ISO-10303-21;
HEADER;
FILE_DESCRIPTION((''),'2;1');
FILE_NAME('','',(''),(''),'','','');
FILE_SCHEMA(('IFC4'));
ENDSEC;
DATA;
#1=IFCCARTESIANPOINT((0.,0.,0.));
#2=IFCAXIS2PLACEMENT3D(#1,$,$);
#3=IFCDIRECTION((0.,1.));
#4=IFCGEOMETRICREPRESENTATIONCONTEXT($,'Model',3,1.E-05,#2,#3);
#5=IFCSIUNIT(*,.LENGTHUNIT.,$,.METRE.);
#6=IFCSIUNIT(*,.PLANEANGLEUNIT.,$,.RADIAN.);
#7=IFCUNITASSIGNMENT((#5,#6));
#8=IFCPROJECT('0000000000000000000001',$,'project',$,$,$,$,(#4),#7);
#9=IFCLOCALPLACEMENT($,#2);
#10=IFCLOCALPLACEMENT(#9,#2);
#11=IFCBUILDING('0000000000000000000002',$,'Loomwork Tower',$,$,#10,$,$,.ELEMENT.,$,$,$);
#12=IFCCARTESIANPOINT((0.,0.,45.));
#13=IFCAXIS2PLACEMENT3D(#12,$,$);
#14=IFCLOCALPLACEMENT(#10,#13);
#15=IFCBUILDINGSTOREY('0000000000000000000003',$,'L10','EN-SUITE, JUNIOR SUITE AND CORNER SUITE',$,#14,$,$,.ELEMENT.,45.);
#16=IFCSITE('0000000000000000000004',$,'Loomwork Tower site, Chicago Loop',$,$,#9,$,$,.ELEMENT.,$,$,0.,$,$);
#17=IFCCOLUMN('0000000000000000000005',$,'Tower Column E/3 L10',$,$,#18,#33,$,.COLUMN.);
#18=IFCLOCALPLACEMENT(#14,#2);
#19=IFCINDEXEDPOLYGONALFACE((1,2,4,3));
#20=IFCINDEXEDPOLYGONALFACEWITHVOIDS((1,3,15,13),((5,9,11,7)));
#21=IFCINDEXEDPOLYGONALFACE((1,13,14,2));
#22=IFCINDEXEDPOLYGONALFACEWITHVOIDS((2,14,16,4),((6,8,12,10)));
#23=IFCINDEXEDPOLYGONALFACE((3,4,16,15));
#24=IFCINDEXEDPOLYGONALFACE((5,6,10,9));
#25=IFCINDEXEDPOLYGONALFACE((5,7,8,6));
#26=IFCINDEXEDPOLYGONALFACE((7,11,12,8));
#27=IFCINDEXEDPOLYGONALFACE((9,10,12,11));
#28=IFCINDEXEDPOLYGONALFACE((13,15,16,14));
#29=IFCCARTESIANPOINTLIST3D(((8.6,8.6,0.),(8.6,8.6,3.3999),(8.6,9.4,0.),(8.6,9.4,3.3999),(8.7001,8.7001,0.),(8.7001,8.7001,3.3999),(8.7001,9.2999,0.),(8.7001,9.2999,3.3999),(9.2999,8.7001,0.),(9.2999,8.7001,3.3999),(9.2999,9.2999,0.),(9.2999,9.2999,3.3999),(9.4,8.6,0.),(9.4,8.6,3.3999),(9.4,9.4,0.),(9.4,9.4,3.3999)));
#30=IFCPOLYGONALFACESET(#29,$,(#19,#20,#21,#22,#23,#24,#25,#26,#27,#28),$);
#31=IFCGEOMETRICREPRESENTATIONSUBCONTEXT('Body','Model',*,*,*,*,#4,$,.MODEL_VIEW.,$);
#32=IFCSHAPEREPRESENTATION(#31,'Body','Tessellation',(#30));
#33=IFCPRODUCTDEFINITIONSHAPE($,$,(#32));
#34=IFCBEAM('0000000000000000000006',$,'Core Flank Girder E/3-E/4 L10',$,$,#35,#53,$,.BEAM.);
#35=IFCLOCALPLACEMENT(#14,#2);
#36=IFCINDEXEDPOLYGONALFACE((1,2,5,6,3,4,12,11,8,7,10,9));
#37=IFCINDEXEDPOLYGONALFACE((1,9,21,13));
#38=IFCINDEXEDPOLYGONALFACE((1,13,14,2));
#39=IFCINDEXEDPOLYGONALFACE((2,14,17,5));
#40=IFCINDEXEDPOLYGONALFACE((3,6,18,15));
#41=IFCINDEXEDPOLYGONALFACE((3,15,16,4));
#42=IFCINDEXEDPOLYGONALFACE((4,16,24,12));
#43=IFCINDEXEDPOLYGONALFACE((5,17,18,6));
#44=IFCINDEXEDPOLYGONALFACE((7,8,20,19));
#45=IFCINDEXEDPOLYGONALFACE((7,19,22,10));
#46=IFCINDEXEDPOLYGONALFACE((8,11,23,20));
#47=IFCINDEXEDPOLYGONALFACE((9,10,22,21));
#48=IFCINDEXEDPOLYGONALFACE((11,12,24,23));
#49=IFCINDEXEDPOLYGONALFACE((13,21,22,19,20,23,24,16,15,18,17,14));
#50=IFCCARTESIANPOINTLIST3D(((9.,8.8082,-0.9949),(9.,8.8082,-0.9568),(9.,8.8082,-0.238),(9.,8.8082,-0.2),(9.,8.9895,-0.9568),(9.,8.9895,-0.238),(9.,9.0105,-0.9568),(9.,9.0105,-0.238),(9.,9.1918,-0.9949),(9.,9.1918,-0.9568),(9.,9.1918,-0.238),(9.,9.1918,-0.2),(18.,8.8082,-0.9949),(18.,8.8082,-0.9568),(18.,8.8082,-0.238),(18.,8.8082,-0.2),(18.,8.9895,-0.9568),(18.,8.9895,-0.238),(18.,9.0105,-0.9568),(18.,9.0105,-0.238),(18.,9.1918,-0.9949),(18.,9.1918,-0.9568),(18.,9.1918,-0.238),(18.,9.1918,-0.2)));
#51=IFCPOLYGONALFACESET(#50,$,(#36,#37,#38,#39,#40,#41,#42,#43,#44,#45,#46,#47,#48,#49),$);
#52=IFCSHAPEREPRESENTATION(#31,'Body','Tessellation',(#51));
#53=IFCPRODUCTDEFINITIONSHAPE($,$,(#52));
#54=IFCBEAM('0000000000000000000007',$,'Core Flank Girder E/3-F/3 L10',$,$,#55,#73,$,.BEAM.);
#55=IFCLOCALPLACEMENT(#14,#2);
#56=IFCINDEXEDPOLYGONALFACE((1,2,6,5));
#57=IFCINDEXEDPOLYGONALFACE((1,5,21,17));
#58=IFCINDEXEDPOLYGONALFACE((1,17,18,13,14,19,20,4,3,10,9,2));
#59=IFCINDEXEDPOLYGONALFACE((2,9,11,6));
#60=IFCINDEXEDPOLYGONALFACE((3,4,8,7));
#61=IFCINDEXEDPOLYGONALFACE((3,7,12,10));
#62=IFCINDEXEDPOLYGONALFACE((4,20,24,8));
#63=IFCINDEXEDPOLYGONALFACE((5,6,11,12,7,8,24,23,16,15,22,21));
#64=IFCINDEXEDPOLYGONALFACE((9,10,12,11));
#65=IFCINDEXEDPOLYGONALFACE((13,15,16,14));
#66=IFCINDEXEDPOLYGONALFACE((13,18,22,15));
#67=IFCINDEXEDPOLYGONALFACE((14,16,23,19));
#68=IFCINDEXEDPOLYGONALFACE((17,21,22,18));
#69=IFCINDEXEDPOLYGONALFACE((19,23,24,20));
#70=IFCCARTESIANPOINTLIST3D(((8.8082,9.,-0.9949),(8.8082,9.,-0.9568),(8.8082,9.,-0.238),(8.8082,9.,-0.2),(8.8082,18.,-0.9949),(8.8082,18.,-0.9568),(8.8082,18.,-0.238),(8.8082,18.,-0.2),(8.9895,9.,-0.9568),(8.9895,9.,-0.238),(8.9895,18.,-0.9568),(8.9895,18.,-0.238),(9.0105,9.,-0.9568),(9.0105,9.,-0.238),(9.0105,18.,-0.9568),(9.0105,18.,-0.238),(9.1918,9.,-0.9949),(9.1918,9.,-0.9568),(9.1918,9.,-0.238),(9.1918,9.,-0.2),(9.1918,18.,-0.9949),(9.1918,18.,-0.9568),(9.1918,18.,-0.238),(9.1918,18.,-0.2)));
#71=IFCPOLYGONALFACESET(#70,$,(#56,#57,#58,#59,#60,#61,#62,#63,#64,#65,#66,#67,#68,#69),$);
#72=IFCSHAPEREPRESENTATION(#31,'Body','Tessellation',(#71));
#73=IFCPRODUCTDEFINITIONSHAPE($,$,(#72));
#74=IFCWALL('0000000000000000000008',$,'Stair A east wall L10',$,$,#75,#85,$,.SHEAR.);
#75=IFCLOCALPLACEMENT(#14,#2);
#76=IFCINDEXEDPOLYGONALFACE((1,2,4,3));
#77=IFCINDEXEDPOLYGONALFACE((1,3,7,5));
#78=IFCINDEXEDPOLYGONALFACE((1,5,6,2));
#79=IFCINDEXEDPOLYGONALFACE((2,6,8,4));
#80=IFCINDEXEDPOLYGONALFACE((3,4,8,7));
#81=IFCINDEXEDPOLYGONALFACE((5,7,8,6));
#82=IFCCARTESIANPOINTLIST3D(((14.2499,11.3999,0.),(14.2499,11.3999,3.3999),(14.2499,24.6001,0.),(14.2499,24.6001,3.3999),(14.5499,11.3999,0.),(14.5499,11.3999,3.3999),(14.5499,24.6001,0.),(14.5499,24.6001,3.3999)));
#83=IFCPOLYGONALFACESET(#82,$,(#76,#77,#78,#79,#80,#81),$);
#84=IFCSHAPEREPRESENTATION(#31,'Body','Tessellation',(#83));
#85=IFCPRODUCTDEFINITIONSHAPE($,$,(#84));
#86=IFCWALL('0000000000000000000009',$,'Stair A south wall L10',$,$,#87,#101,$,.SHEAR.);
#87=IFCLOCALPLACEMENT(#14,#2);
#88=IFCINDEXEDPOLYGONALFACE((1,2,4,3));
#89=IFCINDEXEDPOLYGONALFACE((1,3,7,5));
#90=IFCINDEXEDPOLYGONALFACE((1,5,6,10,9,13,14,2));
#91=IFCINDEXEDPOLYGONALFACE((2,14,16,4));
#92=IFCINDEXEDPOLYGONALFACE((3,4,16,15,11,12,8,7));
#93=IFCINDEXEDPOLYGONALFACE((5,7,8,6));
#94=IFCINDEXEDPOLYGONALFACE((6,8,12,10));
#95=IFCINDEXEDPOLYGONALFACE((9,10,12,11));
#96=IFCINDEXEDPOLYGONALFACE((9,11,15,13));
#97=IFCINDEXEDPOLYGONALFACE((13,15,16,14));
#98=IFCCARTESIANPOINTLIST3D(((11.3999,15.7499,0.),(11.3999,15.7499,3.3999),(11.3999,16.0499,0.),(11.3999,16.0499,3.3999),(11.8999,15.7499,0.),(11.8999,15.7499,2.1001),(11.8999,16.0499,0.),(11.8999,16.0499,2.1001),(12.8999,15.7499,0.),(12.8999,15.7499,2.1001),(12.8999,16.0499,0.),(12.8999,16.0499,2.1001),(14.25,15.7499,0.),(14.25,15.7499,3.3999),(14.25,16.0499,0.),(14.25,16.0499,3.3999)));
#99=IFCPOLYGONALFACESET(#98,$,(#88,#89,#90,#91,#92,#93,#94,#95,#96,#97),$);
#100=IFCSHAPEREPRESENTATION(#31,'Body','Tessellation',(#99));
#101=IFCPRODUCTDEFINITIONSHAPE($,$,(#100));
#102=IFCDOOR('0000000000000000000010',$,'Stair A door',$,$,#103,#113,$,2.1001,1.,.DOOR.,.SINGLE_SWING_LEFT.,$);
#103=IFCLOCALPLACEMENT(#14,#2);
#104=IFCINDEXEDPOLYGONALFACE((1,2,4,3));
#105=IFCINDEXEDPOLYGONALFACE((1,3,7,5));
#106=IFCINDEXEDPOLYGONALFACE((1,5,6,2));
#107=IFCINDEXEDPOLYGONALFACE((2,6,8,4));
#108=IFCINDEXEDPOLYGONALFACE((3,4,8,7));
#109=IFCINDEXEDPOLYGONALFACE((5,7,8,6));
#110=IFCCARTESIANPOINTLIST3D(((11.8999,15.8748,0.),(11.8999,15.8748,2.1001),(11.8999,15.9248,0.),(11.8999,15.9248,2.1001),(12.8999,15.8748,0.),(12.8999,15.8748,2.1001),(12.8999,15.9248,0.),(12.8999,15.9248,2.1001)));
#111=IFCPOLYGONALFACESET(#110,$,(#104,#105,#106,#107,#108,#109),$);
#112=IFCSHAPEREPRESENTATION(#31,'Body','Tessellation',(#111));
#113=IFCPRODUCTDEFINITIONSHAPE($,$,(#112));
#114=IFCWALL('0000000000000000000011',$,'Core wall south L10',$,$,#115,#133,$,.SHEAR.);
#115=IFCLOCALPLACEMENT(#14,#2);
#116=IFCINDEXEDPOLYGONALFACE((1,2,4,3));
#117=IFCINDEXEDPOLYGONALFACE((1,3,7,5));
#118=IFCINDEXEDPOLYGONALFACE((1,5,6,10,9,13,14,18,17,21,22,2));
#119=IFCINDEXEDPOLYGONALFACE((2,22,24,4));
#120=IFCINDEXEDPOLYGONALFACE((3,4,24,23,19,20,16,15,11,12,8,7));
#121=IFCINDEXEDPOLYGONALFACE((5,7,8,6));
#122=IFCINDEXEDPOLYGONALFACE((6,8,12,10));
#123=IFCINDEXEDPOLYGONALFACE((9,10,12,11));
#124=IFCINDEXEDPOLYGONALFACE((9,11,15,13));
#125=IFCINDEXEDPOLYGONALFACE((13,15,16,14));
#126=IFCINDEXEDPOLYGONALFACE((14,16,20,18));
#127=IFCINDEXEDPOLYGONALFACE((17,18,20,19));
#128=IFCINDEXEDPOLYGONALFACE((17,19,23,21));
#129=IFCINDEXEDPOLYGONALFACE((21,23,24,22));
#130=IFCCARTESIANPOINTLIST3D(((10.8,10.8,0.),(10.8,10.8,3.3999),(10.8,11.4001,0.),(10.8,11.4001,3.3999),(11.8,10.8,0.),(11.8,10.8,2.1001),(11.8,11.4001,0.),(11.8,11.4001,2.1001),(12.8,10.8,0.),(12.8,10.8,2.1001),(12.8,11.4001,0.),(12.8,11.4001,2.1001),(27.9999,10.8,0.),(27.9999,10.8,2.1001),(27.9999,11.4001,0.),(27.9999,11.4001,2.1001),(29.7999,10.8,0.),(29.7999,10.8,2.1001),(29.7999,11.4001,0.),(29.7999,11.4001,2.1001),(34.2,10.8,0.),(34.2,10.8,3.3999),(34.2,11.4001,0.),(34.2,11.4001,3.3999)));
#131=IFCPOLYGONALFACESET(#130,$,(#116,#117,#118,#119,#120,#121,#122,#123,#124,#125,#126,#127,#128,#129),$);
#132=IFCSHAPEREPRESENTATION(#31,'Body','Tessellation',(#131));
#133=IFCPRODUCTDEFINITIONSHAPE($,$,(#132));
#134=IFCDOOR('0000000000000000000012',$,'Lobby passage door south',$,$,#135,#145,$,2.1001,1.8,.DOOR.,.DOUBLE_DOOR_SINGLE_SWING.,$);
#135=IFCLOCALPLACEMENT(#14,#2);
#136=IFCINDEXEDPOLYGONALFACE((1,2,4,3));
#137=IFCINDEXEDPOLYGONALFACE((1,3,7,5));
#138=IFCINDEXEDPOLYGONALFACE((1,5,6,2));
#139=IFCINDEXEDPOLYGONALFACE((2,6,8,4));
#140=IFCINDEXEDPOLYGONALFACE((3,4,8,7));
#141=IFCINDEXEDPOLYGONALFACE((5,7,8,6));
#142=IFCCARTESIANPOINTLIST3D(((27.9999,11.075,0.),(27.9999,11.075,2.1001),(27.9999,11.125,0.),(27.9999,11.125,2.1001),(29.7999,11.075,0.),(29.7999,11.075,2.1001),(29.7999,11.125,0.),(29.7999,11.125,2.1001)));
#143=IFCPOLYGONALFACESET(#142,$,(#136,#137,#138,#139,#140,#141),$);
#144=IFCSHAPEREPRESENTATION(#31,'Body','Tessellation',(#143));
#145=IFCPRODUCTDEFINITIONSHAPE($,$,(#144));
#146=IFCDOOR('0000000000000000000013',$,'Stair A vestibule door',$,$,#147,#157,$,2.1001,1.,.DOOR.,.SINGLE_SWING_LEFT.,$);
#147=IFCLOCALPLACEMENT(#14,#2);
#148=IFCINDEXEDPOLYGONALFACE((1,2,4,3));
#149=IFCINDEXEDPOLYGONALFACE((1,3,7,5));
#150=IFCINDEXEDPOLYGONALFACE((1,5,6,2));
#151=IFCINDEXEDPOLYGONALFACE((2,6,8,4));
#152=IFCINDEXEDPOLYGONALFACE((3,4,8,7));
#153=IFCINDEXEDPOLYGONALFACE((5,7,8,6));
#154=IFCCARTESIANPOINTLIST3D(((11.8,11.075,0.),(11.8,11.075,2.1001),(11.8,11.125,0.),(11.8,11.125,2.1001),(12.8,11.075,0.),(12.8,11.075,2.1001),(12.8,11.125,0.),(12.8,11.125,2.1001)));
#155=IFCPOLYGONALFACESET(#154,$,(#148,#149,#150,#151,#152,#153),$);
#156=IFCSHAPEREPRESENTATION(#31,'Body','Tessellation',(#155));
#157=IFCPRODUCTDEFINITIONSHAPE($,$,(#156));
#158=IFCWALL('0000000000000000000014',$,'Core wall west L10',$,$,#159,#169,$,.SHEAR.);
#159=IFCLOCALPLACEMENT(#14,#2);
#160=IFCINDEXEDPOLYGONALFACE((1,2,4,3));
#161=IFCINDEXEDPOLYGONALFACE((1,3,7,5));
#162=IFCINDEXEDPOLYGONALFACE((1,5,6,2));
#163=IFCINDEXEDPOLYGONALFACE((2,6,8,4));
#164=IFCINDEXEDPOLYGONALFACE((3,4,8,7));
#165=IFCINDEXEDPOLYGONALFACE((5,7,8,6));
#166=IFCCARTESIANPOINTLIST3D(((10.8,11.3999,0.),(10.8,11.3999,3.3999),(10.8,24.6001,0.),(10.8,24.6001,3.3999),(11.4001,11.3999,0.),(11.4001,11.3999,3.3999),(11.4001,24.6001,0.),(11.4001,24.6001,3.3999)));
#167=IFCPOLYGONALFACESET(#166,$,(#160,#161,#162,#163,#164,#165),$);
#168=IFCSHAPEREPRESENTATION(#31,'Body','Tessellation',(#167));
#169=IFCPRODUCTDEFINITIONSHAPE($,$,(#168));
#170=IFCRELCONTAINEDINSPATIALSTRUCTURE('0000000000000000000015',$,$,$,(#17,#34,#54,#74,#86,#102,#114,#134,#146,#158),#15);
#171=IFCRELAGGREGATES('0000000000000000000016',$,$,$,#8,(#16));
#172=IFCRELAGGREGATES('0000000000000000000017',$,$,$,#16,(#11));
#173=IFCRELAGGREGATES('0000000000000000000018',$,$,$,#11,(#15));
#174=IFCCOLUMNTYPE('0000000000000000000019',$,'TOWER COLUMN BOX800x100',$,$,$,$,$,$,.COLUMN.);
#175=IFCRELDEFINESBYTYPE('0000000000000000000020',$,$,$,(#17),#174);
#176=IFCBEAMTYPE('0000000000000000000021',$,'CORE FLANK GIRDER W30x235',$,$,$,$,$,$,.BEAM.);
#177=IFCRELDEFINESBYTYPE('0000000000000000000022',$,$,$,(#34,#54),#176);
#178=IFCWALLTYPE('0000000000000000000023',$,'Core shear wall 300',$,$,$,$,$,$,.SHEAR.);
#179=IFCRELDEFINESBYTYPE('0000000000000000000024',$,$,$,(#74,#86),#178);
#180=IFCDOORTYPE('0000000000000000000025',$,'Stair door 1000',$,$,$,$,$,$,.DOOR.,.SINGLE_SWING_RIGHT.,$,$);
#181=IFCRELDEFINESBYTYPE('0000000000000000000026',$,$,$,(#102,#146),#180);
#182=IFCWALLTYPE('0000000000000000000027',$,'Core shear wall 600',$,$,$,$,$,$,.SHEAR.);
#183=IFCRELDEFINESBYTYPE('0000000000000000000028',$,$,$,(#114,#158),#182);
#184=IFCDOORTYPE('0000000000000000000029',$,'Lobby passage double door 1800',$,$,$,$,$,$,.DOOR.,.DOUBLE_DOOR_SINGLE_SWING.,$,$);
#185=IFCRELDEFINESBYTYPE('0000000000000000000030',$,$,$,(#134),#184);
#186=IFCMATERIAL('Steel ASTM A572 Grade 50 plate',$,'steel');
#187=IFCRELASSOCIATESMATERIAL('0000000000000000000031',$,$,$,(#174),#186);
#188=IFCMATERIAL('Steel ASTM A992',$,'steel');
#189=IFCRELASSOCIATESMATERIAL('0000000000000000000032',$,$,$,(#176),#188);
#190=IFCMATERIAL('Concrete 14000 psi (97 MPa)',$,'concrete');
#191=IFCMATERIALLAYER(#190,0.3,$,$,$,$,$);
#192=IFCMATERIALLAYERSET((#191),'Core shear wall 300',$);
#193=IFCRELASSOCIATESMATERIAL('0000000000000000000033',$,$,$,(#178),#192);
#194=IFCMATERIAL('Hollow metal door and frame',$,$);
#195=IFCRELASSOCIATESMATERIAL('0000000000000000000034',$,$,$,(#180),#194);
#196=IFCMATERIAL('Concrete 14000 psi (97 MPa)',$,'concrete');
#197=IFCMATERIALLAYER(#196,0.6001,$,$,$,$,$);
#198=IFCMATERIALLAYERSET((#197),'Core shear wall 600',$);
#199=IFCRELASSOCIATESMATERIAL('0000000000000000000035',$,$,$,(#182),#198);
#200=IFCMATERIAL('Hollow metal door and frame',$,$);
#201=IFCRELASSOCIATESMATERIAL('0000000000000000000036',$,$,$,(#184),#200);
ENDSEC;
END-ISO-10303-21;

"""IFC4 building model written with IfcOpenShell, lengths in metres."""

from ifc_helpers import new_model, si_unit, direction, frame, frame_2d, origin, origin_2d, place, context, subcontext, project, spatial, rectangle, hollow_rectangle, i_section, extrude, material, layer, layer_set, material_profile, profile_set, type_object, element, fill, save


model = new_model("IFC4")

# Units and contexts
model_context = context("Model", 3, precision=1e-05, world=origin(), true_north=direction((0.0, 1.0)))
body_context = subcontext(model_context, "Body", "Model", "MODEL_VIEW")
ifc_project = project(units=[si_unit("LENGTHUNIT", "METRE"), si_unit("PLANEANGLEUNIT", "RADIAN")], contexts=[model_context])

# Site, building, storey
site_placement = place(None, origin())
site = spatial("IfcSite", under=ifc_project, at=site_placement, Name="Loomwork Tower site, Chicago Loop", CompositionType="ELEMENT", RefElevation=0.0)
building_placement = place(site_placement, origin())
building = spatial("IfcBuilding", under=site, at=building_placement, Name="Loomwork Tower", CompositionType="ELEMENT")
storey_placement = place(building_placement, frame((0.0, 0.0, 45.0)))
storey = spatial("IfcBuildingStorey", under=building, at=storey_placement, Name="L10", Description="EN-SUITE, JUNIOR SUITE AND CORNER SUITE", CompositionType="ELEMENT", Elevation=45.0)

# Column
ifc_material_1 = material(Name="Steel ASTM A572 Grade 50 plate", Category="steel")
ifc_material_profile_1 = material_profile(ifc_material_1, hollow_rectangle(XDim=0.8, YDim=0.8, WallThickness=0.1001, at=origin_2d()), Name="BOX800x100")
ifc_profile_set_1 = profile_set([ifc_material_profile_1], Name="Steel ASTM A572 Grade 50 plate")
column_type = type_object("IfcColumnType", Name="TOWER COLUMN BOX800x100", PredefinedType="COLUMN", material=ifc_profile_set_1)
column_placement = place(storey_placement, frame((9.0, 9.0, 0.0), z_axis=(0.0, 0.0, 1.0), x_axis=(1.0, 0.0, 0.0)))
element("IfcColumn", 1, at=column_placement, inside=storey, type_object=column_type, Name="Tower Column E/3 L10", PredefinedType="COLUMN", context=body_context, shape_type="SweptSolid", body=[
    extrude(hollow_rectangle(XDim=0.8, YDim=0.8, WallThickness=0.1001, at=origin_2d()), origin(), (0.0, 0.0, 1.0), 3.3999),
])

# Beams
ifc_material_2 = material(Name="Steel ASTM A992", Category="steel")
ifc_material_profile_2 = material_profile(ifc_material_2, i_section(OverallWidth=0.3835, OverallDepth=0.7949, WebThickness=0.021, FlangeThickness=0.0381, at=origin_2d()), Name="W30x235")
ifc_profile_set_2 = profile_set([ifc_material_profile_2], Name="Steel ASTM A992")
beam_type = type_object("IfcBeamType", Name="CORE FLANK GIRDER W30x235", PredefinedType="BEAM", material=ifc_profile_set_2)
for number, where, z_axis, x_axis, name in (
    (2, (9.0, 9.0, -0.5974), (1.0, 0.0, 0.0), (0.0, 1.0, 0.0), "Core Flank Girder E/3-E/4 L10"),
    (3, (9.0, 9.0, -0.5974), (0.0, 1.0, 0.0), (-1.0, 0.0, 0.0), "Core Flank Girder E/3-F/3 L10"),
):
    element("IfcBeam", number, at=place(storey_placement, frame(where, z_axis=z_axis, x_axis=x_axis)), inside=storey, type_object=beam_type, Name=name, PredefinedType="BEAM", context=body_context, shape_type="SweptSolid", body=[
        extrude(i_section(OverallWidth=0.3835, OverallDepth=0.7949, WebThickness=0.021, FlangeThickness=0.0381, at=origin_2d()), origin(), (0.0, 0.0, 1.0), 9.0),
    ])

# Wall
ifc_material_3 = material(Name="Concrete 14000 psi (97 MPa)", Category="concrete")
ifc_layer_1 = layer(ifc_material_3, 0.3)
ifc_layer_set_1 = layer_set([ifc_layer_1], Name="Core shear wall 300")
wall_type_1 = type_object("IfcWallType", Name="Core shear wall 300", PredefinedType="SHEAR", material=ifc_layer_set_1)
wall_1_placement = place(storey_placement, frame((14.3999, 11.3999, 0.0), z_axis=(0.0, 0.0, 1.0), x_axis=(0.0, 1.0, 0.0)))
element("IfcWall", 4, at=wall_1_placement, inside=storey, type_object=wall_type_1, Name="Stair A east wall L10", PredefinedType="SHEAR", context=body_context, shape_type="SweptSolid", body=[
    extrude(rectangle(XDim=13.2002, YDim=0.3, at=frame_2d((6.6001, 0.0))), origin(), (0.0, 0.0, 1.0), 3.3999),
])

# Wall, opening, door
wall_2_placement = place(storey_placement, frame((11.3999, 15.8999, 0.0), z_axis=(0.0, 0.0, 1.0), x_axis=(1.0, 0.0, 0.0)))
wall_2 = element("IfcWall", 5, at=wall_2_placement, inside=storey, type_object=wall_type_1, Name="Stair A south wall L10", PredefinedType="SHEAR", context=body_context, shape_type="SweptSolid", body=[
    extrude(rectangle(XDim=2.8501, YDim=0.3, at=frame_2d((1.425, 0.0))), origin(), (0.0, 0.0, 1.0), 3.3999),
])
opening_1_placement = place(wall_2_placement, frame((0.5, 0.0, 0.0)))
opening_1 = element("IfcOpeningElement", 6, at=opening_1_placement, cuts=wall_2, PredefinedType="OPENING", context=body_context, shape_type="SweptSolid", body=[
    extrude(rectangle(XDim=1.0, YDim=2.1001, at=frame_2d((0.5, 1.05))), frame((0.0, 0.1599, 0.0), z_axis=(0.0, -1.0, 0.0), x_axis=(1.0, 0.0, 0.0)), (0.0, 0.0, 1.0), 0.3201),
])
ifc_material_4 = material(Name="Hollow metal door and frame")
door_type_1 = type_object("IfcDoorType", Name="Stair door 1000", OperationType="SINGLE_SWING_RIGHT", PredefinedType="DOOR", material=ifc_material_4)
door_1_placement = place(opening_1_placement, origin())
door_1 = element("IfcDoor", 7, at=door_1_placement, inside=storey, type_object=door_type_1, Name="Stair A door", OperationType="SINGLE_SWING_LEFT", OverallHeight=2.1001, OverallWidth=1.0, PredefinedType="DOOR", context=body_context, shape_type="SweptSolid", body=[
    extrude(rectangle(XDim=1.0, YDim=2.1001, at=frame_2d((0.5, 1.05))), frame((0.0, 0.0249, 0.0), z_axis=(0.0, -1.0, 0.0), x_axis=(1.0, 0.0, 0.0)), (0.0, 0.0, 1.0), 0.05),
])
fill(opening_1, door_1)

# Wall, openings, doors
ifc_material_5 = material(Name="Concrete 14000 psi (97 MPa)", Category="concrete")
ifc_layer_2 = layer(ifc_material_5, 0.6001)
ifc_layer_set_2 = layer_set([ifc_layer_2], Name="Core shear wall 600")
wall_type_2 = type_object("IfcWallType", Name="Core shear wall 600", PredefinedType="SHEAR", material=ifc_layer_set_2)
wall_3_placement = place(storey_placement, frame((10.8, 11.1001, 0.0), z_axis=(0.0, 0.0, 1.0), x_axis=(1.0, 0.0, 0.0)))
wall_3 = element("IfcWall", 8, at=wall_3_placement, inside=storey, type_object=wall_type_2, Name="Core wall south L10", PredefinedType="SHEAR", context=body_context, shape_type="SweptSolid", body=[
    extrude(rectangle(XDim=23.3999, YDim=0.6001, at=frame_2d((11.7, 0.0))), origin(), (0.0, 0.0, 1.0), 3.3999),
])
opening_2_placement = place(wall_3_placement, frame((1.0, 0.0, 0.0)))
opening_2 = element("IfcOpeningElement", 9, at=opening_2_placement, cuts=wall_3, PredefinedType="OPENING", context=body_context, shape_type="SweptSolid", body=[
    extrude(rectangle(XDim=1.0, YDim=2.1001, at=frame_2d((0.5, 1.05))), frame((0.0, 0.3101, 0.0), z_axis=(0.0, -1.0, 0.0), x_axis=(1.0, 0.0, 0.0)), (0.0, 0.0, 1.0), 0.6201),
])
opening_3_placement = place(wall_3_placement, frame((17.2, 0.0, 0.0)))
opening_3 = element("IfcOpeningElement", 10, at=opening_3_placement, cuts=wall_3, PredefinedType="OPENING", context=body_context, shape_type="SweptSolid", body=[
    extrude(rectangle(XDim=1.8, YDim=2.1001, at=frame_2d((0.8999, 1.05))), frame((0.0, 0.3101, 0.0), z_axis=(0.0, -1.0, 0.0), x_axis=(1.0, 0.0, 0.0)), (0.0, 0.0, 1.0), 0.6201),
])
ifc_material_6 = material(Name="Hollow metal door and frame")
door_type_2 = type_object("IfcDoorType", Name="Lobby passage double door 1800", OperationType="DOUBLE_DOOR_SINGLE_SWING", PredefinedType="DOOR", material=ifc_material_6)
door_2_placement = place(opening_3_placement, origin())
door_2 = element("IfcDoor", 11, at=door_2_placement, inside=storey, type_object=door_type_2, Name="Lobby passage door south", OperationType="DOUBLE_DOOR_SINGLE_SWING", OverallHeight=2.1001, OverallWidth=1.8, PredefinedType="DOOR", context=body_context, shape_type="SweptSolid", body=[
    extrude(rectangle(XDim=1.8, YDim=2.1001, at=frame_2d((0.8999, 1.05))), frame((0.0, 0.0249, 0.0), z_axis=(0.0, -1.0, 0.0), x_axis=(1.0, 0.0, 0.0)), (0.0, 0.0, 1.0), 0.05),
])
fill(opening_3, door_2)
door_3_placement = place(opening_2_placement, origin())
door_3 = element("IfcDoor", 12, at=door_3_placement, inside=storey, type_object=door_type_1, Name="Stair A vestibule door", OperationType="SINGLE_SWING_LEFT", OverallHeight=2.1001, OverallWidth=1.0, PredefinedType="DOOR", context=body_context, shape_type="SweptSolid", body=[
    extrude(rectangle(XDim=1.0, YDim=2.1001, at=frame_2d((0.5, 1.05))), frame((0.0, 0.0249, 0.0), z_axis=(0.0, -1.0, 0.0), x_axis=(1.0, 0.0, 0.0)), (0.0, 0.0, 1.0), 0.05),
])
fill(opening_2, door_3)

# Wall
wall_4_placement = place(storey_placement, frame((11.1001, 11.3999, 0.0), z_axis=(0.0, 0.0, 1.0), x_axis=(0.0, 1.0, 0.0)))
element("IfcWall", 13, at=wall_4_placement, inside=storey, type_object=wall_type_2, Name="Core wall west L10", PredefinedType="SHEAR", context=body_context, shape_type="SweptSolid", body=[
    extrude(rectangle(XDim=13.2002, YDim=0.6001, at=frame_2d((6.6001, 0.0))), origin(), (0.0, 0.0, 1.0), 3.3999),
])

save(model, "model.ifc")
